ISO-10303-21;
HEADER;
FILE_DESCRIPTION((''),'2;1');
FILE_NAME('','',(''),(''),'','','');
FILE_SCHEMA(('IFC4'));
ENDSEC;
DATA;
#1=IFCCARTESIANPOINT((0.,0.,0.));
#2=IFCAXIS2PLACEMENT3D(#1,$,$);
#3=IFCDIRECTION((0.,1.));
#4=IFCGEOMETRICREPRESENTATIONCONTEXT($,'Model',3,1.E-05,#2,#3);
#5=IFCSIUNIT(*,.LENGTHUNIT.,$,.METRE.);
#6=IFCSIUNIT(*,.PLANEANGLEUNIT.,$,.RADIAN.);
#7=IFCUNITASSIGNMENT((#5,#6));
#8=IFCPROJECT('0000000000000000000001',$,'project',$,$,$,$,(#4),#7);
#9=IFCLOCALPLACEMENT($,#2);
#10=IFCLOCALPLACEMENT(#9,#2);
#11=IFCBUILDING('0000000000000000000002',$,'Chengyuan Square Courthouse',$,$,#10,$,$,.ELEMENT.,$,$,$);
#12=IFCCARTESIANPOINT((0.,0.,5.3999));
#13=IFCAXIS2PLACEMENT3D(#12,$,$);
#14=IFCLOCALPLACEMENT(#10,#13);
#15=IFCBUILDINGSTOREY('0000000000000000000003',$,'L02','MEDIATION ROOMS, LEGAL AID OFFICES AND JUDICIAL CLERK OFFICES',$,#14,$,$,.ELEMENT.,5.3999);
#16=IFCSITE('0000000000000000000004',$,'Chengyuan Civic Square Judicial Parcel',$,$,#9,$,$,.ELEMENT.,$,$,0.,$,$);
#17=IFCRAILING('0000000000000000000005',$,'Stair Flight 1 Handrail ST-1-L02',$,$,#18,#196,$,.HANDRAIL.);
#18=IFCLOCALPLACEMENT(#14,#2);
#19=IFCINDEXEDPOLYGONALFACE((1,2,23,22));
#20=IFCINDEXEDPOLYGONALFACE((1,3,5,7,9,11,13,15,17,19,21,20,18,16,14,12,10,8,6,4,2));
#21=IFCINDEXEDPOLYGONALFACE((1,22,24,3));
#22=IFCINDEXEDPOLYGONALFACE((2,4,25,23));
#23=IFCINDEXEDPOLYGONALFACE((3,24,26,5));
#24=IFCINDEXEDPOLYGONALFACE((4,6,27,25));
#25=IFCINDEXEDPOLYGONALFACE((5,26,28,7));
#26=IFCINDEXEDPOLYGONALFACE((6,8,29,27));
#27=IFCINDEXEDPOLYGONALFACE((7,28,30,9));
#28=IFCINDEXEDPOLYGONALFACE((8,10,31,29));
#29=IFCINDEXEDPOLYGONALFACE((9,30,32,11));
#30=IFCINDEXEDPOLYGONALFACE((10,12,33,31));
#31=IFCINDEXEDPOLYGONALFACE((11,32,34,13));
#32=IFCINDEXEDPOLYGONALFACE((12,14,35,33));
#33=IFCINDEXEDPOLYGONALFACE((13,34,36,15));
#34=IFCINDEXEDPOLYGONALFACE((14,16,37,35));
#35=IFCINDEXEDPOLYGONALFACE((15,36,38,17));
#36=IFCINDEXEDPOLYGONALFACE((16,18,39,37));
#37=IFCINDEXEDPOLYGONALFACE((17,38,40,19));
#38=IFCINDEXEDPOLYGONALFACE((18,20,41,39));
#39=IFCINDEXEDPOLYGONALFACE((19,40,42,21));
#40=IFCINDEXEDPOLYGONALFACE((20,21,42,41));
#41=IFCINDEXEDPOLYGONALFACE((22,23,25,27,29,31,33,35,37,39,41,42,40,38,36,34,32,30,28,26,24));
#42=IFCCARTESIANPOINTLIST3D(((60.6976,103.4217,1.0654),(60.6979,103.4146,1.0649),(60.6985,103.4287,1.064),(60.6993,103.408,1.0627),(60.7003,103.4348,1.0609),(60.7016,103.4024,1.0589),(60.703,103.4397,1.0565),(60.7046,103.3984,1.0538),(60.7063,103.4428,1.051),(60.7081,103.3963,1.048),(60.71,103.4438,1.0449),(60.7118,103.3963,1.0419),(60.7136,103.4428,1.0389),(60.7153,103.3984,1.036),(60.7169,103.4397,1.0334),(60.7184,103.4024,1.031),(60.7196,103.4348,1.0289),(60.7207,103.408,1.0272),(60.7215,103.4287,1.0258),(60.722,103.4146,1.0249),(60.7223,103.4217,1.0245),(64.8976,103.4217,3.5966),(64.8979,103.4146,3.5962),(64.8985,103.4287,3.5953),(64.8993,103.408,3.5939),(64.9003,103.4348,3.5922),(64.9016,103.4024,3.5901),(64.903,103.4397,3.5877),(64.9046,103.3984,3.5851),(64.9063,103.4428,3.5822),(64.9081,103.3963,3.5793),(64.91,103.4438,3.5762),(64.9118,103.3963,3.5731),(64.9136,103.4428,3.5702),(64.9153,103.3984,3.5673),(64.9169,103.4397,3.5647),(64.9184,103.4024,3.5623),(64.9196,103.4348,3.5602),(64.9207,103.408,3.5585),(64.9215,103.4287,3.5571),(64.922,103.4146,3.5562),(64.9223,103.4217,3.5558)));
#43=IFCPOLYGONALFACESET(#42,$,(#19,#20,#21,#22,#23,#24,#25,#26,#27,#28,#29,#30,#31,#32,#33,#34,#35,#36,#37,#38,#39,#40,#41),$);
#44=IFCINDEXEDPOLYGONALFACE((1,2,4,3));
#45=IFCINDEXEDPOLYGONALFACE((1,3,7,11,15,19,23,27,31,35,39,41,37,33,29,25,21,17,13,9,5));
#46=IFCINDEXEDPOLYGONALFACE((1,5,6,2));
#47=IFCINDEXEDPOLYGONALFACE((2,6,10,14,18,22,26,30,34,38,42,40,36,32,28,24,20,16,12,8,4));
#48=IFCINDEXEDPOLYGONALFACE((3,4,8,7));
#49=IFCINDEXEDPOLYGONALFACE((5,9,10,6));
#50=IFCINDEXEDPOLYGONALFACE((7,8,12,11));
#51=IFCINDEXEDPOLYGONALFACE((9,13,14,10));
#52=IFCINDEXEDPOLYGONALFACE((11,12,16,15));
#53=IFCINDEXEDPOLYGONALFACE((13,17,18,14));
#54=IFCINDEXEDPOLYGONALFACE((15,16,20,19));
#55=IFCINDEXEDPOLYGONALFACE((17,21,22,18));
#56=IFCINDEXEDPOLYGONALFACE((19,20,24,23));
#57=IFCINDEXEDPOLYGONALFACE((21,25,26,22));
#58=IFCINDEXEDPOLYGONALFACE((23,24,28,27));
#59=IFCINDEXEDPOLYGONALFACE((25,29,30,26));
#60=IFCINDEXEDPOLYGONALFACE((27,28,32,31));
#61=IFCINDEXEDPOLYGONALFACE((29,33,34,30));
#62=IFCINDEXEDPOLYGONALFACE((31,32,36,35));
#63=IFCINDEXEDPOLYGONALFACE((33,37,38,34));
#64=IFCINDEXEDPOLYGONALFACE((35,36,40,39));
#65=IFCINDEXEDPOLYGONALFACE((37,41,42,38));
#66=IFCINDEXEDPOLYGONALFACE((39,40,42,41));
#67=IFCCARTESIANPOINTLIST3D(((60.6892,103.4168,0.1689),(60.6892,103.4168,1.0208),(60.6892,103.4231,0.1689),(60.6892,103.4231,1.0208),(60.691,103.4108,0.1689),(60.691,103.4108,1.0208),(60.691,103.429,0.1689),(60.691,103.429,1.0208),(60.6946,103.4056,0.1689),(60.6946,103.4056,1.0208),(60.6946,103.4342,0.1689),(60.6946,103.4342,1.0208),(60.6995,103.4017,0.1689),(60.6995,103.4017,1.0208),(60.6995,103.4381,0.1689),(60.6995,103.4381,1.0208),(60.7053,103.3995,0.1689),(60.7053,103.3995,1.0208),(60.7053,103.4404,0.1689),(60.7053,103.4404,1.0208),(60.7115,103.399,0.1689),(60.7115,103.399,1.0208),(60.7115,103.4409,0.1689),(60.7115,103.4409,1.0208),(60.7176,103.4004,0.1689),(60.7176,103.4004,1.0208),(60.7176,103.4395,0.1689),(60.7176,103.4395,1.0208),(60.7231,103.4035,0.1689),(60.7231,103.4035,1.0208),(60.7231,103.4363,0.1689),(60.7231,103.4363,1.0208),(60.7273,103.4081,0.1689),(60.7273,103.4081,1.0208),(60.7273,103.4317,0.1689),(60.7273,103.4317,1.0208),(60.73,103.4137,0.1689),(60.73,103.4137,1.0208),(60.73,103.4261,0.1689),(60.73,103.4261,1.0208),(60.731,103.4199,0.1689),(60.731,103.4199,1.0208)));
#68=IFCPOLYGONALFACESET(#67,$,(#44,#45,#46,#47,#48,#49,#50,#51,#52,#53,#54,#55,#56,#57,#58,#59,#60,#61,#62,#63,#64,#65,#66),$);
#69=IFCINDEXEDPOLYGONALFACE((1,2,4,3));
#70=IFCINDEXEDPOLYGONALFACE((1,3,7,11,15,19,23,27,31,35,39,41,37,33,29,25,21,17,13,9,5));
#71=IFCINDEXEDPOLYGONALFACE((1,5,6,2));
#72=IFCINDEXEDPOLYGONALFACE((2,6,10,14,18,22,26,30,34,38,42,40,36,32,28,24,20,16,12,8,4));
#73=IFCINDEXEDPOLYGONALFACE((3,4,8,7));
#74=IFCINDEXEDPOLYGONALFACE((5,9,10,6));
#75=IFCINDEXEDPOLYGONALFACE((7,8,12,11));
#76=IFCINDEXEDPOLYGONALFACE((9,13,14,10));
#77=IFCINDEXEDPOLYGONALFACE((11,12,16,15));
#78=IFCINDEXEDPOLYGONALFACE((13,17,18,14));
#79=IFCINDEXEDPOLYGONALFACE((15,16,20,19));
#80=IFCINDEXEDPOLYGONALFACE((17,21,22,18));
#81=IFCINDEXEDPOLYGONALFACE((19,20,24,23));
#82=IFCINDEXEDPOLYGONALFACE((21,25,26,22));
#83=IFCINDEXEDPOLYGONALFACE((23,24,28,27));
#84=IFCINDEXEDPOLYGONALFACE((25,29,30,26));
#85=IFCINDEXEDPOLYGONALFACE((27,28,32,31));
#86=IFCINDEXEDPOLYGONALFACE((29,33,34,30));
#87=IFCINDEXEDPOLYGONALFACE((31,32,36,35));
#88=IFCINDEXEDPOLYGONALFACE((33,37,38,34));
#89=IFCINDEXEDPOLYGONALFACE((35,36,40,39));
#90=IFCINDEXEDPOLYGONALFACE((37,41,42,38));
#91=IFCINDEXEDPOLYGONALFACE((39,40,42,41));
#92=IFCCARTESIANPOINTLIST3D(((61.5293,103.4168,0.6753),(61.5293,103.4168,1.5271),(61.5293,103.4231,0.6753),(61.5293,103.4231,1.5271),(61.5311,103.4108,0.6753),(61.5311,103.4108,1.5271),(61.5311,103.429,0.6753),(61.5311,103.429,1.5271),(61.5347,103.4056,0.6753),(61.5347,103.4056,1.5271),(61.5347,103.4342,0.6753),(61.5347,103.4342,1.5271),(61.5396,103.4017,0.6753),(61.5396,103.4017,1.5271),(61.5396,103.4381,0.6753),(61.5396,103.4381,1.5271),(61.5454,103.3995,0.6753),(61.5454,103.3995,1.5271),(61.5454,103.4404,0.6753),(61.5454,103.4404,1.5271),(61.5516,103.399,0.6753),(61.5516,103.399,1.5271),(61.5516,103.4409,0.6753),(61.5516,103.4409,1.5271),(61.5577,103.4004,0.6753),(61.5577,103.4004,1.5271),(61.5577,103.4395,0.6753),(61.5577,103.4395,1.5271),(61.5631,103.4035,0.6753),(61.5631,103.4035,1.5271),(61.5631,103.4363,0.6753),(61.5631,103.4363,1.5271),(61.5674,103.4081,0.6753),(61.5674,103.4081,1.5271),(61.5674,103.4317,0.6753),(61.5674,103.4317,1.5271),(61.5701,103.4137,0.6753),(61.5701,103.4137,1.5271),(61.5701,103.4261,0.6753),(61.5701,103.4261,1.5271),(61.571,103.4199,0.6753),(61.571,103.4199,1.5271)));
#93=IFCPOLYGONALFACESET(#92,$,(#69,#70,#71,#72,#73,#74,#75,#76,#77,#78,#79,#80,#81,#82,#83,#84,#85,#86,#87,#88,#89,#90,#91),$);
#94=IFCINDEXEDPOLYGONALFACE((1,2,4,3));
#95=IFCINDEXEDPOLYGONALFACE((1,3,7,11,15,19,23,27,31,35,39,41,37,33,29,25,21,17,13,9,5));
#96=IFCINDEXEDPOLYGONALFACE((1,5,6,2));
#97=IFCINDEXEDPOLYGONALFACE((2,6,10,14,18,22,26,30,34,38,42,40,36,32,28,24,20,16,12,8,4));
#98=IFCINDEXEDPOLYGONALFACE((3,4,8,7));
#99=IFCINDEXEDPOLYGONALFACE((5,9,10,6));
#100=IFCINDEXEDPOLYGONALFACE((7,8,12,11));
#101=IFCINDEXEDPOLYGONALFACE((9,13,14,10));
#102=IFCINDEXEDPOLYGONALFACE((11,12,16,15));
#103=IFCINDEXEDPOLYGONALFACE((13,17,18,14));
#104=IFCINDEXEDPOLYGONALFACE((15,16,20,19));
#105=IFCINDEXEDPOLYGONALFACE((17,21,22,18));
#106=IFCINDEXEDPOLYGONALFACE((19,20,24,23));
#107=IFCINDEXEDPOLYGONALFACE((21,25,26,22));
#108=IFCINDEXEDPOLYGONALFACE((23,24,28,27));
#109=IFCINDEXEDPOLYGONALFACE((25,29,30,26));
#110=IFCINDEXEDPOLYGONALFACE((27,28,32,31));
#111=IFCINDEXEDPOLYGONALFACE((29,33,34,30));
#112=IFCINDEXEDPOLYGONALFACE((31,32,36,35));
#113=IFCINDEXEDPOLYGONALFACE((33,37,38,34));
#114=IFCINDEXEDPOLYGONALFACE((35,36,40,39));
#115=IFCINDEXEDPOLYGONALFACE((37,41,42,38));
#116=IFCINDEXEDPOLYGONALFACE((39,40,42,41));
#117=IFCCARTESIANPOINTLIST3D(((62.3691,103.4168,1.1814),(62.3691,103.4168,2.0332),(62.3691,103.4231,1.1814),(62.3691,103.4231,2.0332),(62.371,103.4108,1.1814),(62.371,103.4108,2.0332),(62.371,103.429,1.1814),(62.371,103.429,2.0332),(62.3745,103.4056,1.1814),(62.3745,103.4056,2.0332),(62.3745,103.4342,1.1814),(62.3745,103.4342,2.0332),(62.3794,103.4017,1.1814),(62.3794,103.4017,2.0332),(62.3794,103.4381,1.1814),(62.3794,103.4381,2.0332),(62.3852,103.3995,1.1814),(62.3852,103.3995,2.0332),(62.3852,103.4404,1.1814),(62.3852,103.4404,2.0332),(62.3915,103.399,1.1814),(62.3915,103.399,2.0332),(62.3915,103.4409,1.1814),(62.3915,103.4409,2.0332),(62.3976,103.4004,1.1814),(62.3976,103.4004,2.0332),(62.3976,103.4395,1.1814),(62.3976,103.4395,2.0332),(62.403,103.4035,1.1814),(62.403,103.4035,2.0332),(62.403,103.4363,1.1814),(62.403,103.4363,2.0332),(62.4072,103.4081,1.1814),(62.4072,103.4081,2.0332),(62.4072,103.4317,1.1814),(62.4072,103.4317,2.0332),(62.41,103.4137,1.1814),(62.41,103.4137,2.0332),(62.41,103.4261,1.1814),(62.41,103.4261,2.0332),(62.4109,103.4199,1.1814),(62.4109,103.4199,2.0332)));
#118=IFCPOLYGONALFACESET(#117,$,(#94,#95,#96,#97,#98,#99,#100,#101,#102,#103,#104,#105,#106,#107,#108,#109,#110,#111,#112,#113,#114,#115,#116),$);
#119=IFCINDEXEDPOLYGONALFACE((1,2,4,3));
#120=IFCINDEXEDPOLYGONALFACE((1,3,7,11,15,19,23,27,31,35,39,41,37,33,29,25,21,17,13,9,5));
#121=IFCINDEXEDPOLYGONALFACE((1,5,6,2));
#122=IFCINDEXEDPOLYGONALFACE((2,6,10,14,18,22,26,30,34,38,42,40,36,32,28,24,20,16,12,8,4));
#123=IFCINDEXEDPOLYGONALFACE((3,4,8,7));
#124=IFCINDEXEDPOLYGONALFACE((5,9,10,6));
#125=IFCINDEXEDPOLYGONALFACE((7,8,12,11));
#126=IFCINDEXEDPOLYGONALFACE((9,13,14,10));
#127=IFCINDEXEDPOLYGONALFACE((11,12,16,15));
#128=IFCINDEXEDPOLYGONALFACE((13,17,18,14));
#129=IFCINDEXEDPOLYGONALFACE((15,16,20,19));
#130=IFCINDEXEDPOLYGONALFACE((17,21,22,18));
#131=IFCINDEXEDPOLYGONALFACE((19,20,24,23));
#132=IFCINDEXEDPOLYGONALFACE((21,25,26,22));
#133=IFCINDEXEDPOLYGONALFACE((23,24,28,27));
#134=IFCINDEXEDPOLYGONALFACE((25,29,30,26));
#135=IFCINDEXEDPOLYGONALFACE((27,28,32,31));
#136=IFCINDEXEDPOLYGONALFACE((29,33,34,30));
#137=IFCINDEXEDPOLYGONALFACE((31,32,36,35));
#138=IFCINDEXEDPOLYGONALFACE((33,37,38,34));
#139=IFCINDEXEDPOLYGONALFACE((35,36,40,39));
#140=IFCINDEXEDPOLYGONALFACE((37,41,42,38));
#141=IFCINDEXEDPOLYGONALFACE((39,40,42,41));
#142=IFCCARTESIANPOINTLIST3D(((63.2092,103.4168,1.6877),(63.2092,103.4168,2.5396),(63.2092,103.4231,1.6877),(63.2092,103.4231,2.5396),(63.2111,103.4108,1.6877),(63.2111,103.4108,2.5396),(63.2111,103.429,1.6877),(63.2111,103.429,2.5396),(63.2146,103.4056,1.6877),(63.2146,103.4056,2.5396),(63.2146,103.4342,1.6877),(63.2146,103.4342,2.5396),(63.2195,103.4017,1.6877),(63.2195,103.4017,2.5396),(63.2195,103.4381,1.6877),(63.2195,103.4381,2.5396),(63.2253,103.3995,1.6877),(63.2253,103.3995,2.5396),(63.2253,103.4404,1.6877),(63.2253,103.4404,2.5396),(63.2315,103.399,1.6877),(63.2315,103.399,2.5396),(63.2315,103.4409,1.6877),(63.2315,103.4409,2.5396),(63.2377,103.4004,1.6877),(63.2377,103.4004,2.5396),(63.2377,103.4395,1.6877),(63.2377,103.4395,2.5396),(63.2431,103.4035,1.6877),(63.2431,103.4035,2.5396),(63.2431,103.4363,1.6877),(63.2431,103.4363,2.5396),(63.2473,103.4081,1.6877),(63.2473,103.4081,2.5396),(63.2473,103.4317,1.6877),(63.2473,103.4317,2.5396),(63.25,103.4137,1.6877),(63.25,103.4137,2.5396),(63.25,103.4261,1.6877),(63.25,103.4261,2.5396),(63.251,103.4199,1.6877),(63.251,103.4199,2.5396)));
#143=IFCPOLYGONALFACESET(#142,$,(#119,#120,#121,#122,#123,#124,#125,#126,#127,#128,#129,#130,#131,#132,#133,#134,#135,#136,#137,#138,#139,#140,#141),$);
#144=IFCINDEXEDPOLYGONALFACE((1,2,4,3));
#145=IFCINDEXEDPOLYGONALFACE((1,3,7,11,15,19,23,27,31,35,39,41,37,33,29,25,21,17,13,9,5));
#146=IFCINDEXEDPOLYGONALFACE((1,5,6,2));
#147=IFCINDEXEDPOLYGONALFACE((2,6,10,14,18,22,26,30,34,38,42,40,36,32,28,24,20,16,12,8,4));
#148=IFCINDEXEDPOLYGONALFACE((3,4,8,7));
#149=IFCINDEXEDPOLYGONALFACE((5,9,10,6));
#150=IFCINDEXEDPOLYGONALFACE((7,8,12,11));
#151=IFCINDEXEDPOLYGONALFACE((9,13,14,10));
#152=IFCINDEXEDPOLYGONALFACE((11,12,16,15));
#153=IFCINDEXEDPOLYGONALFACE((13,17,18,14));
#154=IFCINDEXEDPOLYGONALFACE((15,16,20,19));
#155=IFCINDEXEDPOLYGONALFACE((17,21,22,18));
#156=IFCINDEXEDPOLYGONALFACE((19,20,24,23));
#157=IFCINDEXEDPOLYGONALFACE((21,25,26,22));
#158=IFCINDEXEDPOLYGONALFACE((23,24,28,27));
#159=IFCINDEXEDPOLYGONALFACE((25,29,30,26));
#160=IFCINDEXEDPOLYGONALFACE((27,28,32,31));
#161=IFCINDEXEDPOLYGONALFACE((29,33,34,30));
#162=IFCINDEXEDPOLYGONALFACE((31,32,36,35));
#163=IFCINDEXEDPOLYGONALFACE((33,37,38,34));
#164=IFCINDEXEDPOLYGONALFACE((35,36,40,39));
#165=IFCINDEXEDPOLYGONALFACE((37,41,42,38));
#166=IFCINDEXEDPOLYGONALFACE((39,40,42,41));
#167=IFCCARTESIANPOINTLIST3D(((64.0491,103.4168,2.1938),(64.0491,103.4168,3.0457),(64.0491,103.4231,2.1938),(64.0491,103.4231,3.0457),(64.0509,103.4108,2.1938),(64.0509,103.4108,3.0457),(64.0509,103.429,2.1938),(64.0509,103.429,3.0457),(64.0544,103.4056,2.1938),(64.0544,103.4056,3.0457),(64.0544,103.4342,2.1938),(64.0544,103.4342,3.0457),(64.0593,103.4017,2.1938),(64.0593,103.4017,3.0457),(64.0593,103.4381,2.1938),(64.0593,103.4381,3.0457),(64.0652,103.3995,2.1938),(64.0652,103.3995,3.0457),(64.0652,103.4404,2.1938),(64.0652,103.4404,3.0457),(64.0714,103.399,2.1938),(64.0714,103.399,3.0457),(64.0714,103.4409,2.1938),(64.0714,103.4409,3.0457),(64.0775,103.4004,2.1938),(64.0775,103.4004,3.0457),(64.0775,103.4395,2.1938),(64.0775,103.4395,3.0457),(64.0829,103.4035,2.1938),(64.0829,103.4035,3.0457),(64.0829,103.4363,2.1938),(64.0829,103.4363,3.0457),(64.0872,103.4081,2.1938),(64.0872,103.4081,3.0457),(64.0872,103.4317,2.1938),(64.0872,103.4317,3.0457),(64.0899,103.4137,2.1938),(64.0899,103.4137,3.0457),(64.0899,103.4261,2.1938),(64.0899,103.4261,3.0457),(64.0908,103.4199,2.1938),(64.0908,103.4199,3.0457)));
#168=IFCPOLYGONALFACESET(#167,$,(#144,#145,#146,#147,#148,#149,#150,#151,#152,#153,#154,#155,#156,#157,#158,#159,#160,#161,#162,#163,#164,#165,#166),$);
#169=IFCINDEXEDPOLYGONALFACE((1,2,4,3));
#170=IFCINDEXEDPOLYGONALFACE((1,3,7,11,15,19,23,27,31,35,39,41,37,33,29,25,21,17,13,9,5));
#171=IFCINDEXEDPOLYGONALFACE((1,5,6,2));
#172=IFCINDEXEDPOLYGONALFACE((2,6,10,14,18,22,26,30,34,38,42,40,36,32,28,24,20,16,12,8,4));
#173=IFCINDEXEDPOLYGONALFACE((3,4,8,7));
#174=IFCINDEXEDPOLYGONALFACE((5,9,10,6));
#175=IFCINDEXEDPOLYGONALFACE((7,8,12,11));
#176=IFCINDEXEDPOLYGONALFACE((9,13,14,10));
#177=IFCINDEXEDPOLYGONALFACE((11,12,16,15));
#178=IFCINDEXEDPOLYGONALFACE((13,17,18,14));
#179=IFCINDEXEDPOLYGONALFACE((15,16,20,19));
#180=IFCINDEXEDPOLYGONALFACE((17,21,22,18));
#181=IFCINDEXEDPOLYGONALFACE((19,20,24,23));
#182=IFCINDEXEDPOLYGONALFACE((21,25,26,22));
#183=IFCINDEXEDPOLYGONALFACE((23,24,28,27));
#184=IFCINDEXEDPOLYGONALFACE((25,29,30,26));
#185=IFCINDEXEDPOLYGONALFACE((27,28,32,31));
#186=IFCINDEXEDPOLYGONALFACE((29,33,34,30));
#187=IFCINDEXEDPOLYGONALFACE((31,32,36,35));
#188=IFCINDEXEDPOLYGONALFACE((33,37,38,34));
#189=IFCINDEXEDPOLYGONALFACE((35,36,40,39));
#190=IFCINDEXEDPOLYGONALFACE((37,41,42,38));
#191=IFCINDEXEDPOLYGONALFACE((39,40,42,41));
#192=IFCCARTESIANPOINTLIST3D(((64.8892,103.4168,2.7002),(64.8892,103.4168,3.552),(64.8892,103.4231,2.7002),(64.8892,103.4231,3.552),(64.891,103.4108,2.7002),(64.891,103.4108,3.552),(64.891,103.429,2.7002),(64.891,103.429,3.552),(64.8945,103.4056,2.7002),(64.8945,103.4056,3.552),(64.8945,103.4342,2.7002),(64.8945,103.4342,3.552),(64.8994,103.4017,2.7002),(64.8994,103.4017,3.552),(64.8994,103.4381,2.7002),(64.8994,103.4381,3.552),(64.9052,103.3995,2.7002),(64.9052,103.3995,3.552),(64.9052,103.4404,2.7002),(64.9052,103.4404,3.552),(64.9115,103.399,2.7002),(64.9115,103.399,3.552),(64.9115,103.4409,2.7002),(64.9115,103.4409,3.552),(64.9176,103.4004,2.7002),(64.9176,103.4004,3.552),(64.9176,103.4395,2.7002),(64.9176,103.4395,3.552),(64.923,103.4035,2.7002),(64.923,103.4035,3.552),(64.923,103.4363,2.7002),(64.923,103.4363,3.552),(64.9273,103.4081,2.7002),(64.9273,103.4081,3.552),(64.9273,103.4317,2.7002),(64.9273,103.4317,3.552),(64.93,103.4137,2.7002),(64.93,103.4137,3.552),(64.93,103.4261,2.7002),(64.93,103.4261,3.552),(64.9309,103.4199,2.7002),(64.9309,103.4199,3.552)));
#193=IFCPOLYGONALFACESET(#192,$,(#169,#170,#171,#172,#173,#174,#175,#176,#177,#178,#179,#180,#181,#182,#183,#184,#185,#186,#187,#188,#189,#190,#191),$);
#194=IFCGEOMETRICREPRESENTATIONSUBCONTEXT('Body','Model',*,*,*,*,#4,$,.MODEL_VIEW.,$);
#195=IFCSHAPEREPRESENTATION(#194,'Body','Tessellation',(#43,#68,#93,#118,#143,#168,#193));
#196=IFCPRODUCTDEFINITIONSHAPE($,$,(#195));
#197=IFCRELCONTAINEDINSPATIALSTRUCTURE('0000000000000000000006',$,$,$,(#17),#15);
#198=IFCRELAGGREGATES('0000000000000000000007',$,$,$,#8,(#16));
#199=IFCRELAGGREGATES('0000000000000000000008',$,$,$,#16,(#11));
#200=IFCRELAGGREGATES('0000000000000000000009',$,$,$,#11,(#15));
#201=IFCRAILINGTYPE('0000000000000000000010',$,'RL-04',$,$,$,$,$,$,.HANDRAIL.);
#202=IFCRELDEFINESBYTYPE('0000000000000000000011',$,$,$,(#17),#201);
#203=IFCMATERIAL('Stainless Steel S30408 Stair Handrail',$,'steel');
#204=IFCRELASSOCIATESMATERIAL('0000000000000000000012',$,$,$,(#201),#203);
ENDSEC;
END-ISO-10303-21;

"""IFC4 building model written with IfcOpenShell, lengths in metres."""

from ifc_helpers import new_model, si_unit, direction, frame, origin, origin_2d, place, context, subcontext, project, spatial, circle, extrude, material, type_object, element, save


model = new_model("IFC4")

# Units and contexts
model_context = context("Model", 3, precision=1e-05, world=origin(), true_north=direction((0.0, 1.0)))
body_context = subcontext(model_context, "Body", "Model", "MODEL_VIEW")
ifc_project = project(units=[si_unit("LENGTHUNIT", "METRE"), si_unit("PLANEANGLEUNIT", "RADIAN")], contexts=[model_context])

# Site, building, storey
site_placement = place(None, origin())
site = spatial("IfcSite", under=ifc_project, at=site_placement, Name="Chengyuan Civic Square Judicial Parcel", CompositionType="ELEMENT", RefElevation=0.0)
building_placement = place(site_placement, origin())
building = spatial("IfcBuilding", under=site, at=building_placement, Name="Chengyuan Square Courthouse", CompositionType="ELEMENT")
storey_placement = place(building_placement, frame((0.0, 0.0, 5.3999)))
storey = spatial("IfcBuildingStorey", under=building, at=storey_placement, Name="L02", Description="MEDIATION ROOMS, LEGAL AID OFFICES AND JUDICIAL CLERK OFFICES", CompositionType="ELEMENT", Elevation=5.3999)

# Railing
ifc_material_1 = material(Name="Stainless Steel S30408 Stair Handrail", Category="steel")
railing_type = type_object("IfcRailingType", Name="RL-04", PredefinedType="HANDRAIL", material=ifc_material_1)
railing_placement = place(storey_placement, frame((60.71, 103.4199, 0.1689)))
element("IfcRailing", 1, at=railing_placement, inside=storey, type_object=railing_type, Name="Stair Flight 1 Handrail ST-1-L02", PredefinedType="HANDRAIL", context=body_context, shape_type="SweptSolid", body=[
    extrude(circle(Radius=0.0239, at=origin_2d()), frame((0.0, 0.0, 0.876), z_axis=(0.856476, 0.0, 0.516186), x_axis=(0.0, 1.0, 0.0)), (0.0, 0.0, 1.0), 4.9038),
    extrude(circle(Radius=0.021, at=origin_2d()), origin(), (0.0, 0.0, 1.0), 0.8518),
    extrude(circle(Radius=0.021, at=origin_2d()), frame((0.8401, 0.0, 0.5063)), (0.0, 0.0, 1.0), 0.8518),
    extrude(circle(Radius=0.021, at=origin_2d()), frame((1.6799, 0.0, 1.0125)), (0.0, 0.0, 1.0), 0.8518),
    extrude(circle(Radius=0.021, at=origin_2d()), frame((2.52, 0.0, 1.5188)), (0.0, 0.0, 1.0), 0.8518),
    extrude(circle(Radius=0.021, at=origin_2d()), frame((3.3599, 0.0, 2.0249)), (0.0, 0.0, 1.0), 0.8518),
    extrude(circle(Radius=0.021, at=origin_2d()), frame((4.2, 0.0, 2.5312)), (0.0, 0.0, 1.0), 0.8518),
])

save(model, "model.ifc")
